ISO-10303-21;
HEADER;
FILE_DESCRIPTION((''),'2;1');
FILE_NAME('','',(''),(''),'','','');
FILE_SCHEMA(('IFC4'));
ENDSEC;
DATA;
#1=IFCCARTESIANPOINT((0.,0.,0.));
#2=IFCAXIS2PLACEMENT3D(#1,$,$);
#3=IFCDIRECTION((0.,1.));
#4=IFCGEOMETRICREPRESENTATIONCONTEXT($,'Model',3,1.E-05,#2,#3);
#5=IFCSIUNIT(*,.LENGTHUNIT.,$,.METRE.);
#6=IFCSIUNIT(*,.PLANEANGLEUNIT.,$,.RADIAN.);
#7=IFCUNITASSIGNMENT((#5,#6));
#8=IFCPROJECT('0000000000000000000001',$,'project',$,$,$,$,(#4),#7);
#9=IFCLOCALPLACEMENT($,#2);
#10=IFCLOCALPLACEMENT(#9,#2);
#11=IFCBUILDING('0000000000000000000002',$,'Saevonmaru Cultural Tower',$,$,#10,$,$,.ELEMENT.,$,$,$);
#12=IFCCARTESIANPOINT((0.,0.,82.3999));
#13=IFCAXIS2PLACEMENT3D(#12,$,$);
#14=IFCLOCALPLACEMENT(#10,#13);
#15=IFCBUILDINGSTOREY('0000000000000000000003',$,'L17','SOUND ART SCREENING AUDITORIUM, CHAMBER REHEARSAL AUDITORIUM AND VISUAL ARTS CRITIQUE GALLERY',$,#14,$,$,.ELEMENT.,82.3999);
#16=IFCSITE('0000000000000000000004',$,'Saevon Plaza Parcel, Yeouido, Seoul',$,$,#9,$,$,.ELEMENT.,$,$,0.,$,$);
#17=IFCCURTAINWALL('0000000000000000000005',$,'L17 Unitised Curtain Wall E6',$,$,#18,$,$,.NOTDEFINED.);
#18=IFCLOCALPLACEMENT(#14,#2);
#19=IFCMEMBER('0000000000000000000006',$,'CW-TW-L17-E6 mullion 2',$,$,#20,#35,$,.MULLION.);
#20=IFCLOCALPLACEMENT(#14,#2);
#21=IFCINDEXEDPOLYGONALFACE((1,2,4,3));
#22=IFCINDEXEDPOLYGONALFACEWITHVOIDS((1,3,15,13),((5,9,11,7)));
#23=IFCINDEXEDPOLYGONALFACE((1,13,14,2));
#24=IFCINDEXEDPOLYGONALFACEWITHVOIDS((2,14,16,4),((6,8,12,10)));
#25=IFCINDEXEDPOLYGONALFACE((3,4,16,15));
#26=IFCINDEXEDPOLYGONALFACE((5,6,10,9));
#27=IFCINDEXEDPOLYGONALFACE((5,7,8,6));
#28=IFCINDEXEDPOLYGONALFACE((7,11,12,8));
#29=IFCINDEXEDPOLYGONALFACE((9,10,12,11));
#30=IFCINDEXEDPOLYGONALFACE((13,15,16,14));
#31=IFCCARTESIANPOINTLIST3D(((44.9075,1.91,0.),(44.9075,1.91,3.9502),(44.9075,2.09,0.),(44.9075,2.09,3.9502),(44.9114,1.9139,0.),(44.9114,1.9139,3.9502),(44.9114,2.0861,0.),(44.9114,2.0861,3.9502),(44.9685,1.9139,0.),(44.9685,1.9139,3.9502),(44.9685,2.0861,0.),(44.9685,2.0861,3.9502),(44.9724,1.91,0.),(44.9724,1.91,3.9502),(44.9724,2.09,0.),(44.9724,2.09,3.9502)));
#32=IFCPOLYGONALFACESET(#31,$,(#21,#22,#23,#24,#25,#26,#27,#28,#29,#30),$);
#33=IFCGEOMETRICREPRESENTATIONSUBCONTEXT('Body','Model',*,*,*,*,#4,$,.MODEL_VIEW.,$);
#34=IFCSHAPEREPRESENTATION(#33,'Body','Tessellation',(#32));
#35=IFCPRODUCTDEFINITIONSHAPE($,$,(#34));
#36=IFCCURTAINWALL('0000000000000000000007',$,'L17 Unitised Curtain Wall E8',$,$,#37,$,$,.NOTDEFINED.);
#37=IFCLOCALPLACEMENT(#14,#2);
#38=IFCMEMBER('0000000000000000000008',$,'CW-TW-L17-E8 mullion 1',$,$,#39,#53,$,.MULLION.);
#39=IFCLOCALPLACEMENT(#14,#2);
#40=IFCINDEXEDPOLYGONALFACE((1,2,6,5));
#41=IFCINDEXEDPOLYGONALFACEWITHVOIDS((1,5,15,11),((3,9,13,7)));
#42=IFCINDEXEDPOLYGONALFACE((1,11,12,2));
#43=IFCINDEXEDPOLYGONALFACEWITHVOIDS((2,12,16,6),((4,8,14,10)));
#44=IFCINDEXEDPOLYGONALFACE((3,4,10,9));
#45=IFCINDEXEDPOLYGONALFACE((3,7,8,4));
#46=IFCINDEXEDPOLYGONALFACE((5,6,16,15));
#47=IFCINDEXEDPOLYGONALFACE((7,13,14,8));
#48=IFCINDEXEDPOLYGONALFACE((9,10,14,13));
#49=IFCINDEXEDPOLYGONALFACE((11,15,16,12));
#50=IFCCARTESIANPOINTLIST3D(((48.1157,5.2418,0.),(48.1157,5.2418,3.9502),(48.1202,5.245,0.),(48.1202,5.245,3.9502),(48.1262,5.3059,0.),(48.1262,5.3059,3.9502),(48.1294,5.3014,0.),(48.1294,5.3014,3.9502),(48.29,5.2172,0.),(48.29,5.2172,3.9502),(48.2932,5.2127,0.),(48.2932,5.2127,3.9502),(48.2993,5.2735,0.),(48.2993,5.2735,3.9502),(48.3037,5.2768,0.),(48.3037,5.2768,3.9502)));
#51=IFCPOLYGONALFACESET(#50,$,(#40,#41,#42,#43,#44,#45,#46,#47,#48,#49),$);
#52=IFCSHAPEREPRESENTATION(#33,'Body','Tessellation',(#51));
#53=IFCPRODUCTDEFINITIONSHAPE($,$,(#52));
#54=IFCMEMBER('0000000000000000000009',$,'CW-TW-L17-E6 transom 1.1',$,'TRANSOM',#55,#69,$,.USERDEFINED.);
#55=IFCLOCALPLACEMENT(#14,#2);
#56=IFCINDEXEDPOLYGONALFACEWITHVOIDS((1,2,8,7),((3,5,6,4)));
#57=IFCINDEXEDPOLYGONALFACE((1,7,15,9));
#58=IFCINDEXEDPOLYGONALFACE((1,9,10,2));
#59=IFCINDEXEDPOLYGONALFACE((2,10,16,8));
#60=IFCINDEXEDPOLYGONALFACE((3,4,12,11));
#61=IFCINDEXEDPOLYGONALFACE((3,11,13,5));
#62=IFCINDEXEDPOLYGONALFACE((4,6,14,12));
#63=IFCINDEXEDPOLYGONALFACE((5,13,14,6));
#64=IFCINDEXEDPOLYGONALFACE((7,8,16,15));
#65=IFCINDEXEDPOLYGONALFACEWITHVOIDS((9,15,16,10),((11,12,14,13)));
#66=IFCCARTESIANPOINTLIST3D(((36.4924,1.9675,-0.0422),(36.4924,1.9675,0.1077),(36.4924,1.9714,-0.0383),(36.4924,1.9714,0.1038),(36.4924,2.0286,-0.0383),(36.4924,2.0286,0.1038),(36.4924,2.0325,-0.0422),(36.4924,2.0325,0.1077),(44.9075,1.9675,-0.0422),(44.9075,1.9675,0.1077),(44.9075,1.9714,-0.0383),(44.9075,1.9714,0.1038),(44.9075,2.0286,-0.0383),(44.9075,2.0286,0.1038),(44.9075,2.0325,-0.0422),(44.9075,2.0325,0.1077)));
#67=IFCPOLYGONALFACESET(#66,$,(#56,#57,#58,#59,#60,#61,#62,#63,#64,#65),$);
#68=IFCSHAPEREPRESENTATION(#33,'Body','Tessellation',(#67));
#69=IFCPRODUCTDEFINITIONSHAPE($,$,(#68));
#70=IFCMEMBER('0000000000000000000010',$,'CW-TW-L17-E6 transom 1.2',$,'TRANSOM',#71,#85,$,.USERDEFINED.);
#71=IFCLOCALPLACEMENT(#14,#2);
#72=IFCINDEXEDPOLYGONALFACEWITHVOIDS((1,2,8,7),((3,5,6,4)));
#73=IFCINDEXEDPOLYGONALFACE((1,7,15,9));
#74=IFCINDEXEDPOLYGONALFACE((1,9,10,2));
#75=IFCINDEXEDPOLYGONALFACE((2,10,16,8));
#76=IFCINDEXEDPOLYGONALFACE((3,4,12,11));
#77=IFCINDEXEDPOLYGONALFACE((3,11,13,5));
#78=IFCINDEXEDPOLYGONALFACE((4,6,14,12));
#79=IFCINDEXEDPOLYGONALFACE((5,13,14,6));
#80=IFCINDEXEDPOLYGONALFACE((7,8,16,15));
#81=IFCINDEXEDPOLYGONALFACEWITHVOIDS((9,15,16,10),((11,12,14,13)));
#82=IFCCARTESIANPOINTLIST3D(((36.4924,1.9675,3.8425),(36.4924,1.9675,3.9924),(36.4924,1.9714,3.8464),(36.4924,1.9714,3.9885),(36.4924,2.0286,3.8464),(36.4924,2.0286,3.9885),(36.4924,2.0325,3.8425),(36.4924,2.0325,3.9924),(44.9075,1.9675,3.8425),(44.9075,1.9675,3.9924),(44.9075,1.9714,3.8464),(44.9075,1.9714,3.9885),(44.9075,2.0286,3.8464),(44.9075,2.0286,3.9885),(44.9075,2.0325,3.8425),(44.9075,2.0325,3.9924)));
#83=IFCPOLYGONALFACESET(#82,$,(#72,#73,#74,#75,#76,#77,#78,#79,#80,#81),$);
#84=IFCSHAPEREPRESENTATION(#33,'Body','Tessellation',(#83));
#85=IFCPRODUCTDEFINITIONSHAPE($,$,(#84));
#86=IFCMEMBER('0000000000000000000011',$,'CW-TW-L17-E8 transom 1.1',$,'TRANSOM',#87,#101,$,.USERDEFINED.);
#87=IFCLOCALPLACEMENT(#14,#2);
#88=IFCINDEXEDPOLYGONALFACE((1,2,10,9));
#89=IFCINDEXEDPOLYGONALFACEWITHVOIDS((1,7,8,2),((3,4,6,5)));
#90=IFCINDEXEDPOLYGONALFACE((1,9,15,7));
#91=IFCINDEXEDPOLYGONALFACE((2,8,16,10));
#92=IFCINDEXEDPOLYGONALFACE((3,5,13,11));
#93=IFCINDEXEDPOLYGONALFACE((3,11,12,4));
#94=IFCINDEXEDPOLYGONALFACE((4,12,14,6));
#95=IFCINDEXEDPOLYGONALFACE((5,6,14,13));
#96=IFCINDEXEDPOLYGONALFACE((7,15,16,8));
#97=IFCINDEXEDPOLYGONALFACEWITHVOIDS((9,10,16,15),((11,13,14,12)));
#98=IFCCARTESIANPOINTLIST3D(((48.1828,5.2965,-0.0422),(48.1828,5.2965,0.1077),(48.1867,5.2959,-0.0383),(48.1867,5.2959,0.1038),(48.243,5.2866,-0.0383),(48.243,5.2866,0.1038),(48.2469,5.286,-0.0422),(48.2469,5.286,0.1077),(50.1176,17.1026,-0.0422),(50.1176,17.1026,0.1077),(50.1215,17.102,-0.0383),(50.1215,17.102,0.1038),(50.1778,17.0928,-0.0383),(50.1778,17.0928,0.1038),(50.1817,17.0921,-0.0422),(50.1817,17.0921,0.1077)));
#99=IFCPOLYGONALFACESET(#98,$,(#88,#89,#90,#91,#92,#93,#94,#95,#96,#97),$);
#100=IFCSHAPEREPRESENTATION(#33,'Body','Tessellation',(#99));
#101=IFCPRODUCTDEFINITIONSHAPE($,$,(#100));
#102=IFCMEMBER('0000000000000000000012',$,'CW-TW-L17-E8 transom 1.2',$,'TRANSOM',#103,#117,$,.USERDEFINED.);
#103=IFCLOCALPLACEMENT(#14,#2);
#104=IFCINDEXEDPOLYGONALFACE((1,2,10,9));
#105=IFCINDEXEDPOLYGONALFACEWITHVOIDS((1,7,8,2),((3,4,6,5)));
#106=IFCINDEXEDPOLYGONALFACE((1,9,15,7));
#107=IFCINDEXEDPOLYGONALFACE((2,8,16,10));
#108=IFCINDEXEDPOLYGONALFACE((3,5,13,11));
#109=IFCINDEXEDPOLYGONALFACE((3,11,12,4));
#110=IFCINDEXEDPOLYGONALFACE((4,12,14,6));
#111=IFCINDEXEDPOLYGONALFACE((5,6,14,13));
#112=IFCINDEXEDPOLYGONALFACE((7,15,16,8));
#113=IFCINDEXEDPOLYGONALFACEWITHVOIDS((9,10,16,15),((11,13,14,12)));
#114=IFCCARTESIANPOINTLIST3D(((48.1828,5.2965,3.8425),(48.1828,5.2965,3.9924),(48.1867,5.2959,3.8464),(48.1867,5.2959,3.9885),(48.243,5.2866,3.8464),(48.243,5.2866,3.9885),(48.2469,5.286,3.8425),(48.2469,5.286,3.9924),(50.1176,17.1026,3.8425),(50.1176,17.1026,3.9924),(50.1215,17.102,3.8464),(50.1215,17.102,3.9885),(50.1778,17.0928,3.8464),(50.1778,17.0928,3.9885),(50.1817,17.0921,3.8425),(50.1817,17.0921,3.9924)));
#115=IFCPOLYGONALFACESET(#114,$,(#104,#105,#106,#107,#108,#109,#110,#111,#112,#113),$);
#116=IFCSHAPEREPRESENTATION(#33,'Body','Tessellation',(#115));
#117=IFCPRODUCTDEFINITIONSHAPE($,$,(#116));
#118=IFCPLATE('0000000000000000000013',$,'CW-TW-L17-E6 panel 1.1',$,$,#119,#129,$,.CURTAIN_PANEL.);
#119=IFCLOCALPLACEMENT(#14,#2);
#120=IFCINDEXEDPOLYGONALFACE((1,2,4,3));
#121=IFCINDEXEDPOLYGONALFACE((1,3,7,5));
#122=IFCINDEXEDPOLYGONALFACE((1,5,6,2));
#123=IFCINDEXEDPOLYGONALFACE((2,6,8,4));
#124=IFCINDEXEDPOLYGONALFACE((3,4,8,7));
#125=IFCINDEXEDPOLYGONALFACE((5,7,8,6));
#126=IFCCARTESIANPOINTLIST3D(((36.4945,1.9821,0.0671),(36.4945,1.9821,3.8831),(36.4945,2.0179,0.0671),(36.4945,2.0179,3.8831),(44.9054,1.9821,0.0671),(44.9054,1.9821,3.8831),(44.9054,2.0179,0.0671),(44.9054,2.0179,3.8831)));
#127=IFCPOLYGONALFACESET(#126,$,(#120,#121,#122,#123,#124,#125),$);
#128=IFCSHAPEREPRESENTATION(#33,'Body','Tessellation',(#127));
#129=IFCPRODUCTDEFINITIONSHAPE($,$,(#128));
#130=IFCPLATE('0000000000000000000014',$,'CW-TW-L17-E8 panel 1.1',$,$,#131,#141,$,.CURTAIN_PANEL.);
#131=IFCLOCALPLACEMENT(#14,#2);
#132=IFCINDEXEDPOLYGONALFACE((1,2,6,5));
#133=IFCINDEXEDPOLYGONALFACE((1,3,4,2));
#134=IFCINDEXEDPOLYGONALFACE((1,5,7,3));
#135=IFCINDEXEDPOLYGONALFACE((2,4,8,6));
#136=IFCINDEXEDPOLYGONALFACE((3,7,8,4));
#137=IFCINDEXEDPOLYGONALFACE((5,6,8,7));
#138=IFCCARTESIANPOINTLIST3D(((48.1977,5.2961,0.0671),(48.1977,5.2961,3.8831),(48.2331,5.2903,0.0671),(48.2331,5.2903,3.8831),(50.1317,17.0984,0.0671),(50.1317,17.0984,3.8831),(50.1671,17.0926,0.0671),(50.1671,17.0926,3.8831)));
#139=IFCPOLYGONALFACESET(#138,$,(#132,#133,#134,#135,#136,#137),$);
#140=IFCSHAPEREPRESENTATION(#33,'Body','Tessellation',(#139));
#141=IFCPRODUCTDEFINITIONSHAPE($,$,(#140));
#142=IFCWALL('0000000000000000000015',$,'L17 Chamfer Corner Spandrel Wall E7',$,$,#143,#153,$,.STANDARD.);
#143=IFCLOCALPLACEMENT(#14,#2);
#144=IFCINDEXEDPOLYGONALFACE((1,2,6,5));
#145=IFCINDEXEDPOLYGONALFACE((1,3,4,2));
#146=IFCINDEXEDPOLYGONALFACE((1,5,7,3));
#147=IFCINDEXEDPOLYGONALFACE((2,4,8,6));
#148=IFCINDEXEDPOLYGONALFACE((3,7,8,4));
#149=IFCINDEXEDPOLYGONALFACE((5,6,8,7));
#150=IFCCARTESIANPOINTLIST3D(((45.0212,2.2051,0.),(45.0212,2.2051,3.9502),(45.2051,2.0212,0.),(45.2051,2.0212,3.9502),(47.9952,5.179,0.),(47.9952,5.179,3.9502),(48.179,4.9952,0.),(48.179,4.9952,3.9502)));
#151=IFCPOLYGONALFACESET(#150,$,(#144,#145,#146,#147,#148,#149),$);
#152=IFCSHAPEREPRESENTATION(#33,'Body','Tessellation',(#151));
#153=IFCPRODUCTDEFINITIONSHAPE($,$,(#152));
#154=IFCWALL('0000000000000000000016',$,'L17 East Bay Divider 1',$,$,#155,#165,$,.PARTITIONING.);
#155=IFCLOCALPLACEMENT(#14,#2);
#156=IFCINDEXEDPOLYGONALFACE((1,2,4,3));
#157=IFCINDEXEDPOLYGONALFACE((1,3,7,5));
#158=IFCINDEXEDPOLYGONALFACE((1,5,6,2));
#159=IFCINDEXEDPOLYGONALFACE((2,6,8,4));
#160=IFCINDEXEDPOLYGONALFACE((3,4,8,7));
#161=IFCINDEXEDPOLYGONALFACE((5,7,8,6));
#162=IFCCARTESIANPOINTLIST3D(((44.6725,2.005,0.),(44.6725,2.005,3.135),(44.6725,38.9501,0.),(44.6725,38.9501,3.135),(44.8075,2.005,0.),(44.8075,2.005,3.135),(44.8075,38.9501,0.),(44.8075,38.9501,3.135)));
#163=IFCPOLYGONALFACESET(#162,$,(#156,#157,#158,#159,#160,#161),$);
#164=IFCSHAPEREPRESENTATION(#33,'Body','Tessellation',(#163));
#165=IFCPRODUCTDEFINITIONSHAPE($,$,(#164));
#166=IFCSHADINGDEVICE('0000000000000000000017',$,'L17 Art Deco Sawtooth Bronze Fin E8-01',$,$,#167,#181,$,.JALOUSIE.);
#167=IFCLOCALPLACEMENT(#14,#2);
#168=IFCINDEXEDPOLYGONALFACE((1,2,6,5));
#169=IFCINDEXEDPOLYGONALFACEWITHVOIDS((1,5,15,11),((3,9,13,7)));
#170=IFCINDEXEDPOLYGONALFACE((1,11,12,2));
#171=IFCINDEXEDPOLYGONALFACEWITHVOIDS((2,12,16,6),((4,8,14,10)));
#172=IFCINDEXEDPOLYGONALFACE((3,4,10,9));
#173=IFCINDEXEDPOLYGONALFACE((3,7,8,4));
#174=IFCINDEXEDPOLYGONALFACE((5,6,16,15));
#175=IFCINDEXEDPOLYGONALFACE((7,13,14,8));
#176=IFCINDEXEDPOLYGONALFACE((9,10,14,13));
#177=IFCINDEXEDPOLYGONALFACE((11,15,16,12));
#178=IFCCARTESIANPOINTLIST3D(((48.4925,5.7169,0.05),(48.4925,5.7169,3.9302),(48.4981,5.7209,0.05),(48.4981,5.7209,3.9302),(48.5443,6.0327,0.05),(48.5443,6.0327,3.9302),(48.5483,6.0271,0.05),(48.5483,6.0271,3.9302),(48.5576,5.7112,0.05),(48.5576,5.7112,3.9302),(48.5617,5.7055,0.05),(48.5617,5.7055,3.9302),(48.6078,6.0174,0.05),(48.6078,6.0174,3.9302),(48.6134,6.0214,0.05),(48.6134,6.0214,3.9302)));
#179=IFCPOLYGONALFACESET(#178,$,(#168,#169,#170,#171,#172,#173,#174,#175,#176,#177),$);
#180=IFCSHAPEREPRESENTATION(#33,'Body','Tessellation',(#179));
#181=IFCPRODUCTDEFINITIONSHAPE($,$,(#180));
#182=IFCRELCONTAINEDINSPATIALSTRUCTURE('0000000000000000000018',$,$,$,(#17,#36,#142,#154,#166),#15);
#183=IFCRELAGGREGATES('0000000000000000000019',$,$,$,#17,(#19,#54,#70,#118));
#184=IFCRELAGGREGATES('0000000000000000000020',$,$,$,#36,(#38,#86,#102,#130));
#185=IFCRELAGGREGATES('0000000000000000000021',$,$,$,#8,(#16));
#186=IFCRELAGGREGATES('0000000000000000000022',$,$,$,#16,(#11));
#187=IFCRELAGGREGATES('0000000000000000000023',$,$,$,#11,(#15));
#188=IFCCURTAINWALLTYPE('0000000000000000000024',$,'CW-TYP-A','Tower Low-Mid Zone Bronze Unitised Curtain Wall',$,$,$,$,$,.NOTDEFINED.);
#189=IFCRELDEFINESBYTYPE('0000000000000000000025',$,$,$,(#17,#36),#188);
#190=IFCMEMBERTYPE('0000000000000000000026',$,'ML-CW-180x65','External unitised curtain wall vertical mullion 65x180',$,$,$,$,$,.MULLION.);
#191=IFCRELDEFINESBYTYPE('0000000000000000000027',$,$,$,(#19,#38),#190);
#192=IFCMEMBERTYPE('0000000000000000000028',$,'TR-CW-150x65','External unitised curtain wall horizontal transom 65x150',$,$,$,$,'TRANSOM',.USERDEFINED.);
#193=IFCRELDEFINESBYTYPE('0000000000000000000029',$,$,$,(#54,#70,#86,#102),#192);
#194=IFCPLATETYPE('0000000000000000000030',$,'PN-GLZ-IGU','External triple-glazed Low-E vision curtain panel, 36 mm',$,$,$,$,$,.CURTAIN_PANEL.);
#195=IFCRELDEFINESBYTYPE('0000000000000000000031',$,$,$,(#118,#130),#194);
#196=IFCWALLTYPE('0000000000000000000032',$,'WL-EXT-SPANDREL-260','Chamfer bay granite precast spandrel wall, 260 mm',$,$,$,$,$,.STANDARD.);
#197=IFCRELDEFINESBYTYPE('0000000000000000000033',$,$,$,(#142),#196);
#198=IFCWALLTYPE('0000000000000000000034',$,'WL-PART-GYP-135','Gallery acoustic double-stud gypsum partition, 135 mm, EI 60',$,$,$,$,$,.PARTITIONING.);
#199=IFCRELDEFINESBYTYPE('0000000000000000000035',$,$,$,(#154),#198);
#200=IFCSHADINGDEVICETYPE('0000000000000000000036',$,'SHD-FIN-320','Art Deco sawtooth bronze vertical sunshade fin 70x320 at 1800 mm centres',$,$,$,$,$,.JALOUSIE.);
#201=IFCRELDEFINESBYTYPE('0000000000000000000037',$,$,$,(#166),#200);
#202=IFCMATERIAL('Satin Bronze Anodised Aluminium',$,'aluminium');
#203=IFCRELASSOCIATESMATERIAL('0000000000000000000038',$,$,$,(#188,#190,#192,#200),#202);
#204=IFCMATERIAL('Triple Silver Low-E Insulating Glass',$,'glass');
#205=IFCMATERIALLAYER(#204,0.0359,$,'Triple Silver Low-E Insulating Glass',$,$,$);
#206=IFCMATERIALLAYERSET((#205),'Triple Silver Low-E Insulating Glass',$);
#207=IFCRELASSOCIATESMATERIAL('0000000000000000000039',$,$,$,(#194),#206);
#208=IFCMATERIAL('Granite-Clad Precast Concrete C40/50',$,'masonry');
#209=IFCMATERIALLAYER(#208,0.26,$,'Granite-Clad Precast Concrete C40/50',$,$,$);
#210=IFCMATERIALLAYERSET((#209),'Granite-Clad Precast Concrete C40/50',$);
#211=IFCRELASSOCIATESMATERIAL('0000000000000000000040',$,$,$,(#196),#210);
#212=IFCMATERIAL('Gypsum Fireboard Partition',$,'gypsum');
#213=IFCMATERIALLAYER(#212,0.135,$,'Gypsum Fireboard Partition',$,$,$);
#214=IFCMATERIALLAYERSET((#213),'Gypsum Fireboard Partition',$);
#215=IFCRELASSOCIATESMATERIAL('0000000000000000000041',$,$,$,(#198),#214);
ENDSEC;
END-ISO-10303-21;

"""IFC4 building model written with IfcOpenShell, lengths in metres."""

from ifc_helpers import new_model, si_unit, direction, frame, frame_2d, origin, origin_2d, place, context, subcontext, project, spatial, rectangle, hollow_rectangle, extrude, material, layer, layer_set, material_profile, profile_set, type_object, element, aggregate, save


model = new_model("IFC4")

# Units and contexts
model_context = context("Model", 3, precision=1e-05, world=origin(), true_north=direction((0.0, 1.0)))
body_context = subcontext(model_context, "Body", "Model", "MODEL_VIEW")
ifc_project = project(units=[si_unit("LENGTHUNIT", "METRE"), si_unit("PLANEANGLEUNIT", "RADIAN")], contexts=[model_context])

# Site, building, storey
site_placement = place(None, origin())
site = spatial("IfcSite", under=ifc_project, at=site_placement, Name="Saevon Plaza Parcel, Yeouido, Seoul", CompositionType="ELEMENT", RefElevation=0.0)
building_placement = place(site_placement, origin())
building = spatial("IfcBuilding", under=site, at=building_placement, Name="Saevonmaru Cultural Tower", CompositionType="ELEMENT")
storey_placement = place(building_placement, frame((0.0, 0.0, 82.3999)))
storey = spatial("IfcBuildingStorey", under=building, at=storey_placement, Name="L17", Description="SOUND ART SCREENING AUDITORIUM, CHAMBER REHEARSAL AUDITORIUM AND VISUAL ARTS CRITIQUE GALLERY", CompositionType="ELEMENT", Elevation=82.3999)

# Curtain walls, members
ifc_material_1 = material(Name="Satin Bronze Anodised Aluminium", Category="aluminium")
curtain_wall_type = type_object("IfcCurtainWallType", Name="CW-TYP-A", Description="Tower Low-Mid Zone Bronze Unitised Curtain Wall", PredefinedType="NOTDEFINED", material=ifc_material_1)
curtain_wall_1_placement = place(storey_placement, origin())
curtain_wall_1 = element("IfcCurtainWall", 1, at=curtain_wall_1_placement, inside=storey, type_object=curtain_wall_type, Name="L17 Unitised Curtain Wall E6", PredefinedType="NOTDEFINED")
ifc_material_profile_1 = material_profile(ifc_material_1, hollow_rectangle(XDim=0.0649, YDim=0.1799, WallThickness=0.0039, at=origin_2d()), Name="ALU-MULL-180x65x4")
ifc_profile_set_1 = profile_set([ifc_material_profile_1], Name="Satin Bronze Anodised Aluminium")
member_type_1 = type_object("IfcMemberType", Name="ML-CW-180x65", Description="External unitised curtain wall vertical mullion 65x180", PredefinedType="MULLION", material=ifc_profile_set_1)
member_1_placement = place(storey_placement, frame((44.9399, 2.0, 0.0), z_axis=(0.0, 0.0, 1.0), x_axis=(1.0, 0.0, 0.0)))
member_1 = element("IfcMember", 2, at=member_1_placement, type_object=member_type_1, Name="CW-TW-L17-E6 mullion 2", PredefinedType="MULLION", context=body_context, shape_type="SweptSolid", body=[
    extrude(hollow_rectangle(XDim=0.0649, YDim=0.1799, WallThickness=0.0039, at=origin_2d()), origin(), (0.0, 0.0, 1.0), 3.9502),
])
curtain_wall_2_placement = place(storey_placement, origin())
curtain_wall_2 = element("IfcCurtainWall", 3, at=curtain_wall_2_placement, inside=storey, type_object=curtain_wall_type, Name="L17 Unitised Curtain Wall E8", PredefinedType="NOTDEFINED")
member_2_placement = place(storey_placement, frame((48.2097, 5.2593, 0.0), z_axis=(0.0, 0.0, 1.0), x_axis=(0.161709, 0.986839, 0.0)))
member_2 = element("IfcMember", 4, at=member_2_placement, type_object=member_type_1, Name="CW-TW-L17-E8 mullion 1", PredefinedType="MULLION", context=body_context, shape_type="SweptSolid", body=[
    extrude(hollow_rectangle(XDim=0.0649, YDim=0.1799, WallThickness=0.0039, at=origin_2d()), origin(), (0.0, 0.0, 1.0), 3.9502),
])

# Members
ifc_material_profile_2 = material_profile(ifc_material_1, hollow_rectangle(XDim=0.0649, YDim=0.1499, WallThickness=0.0039, at=origin_2d()), Name="ALU-TRAN-150x65x4")
ifc_profile_set_2 = profile_set([ifc_material_profile_2], Name="Satin Bronze Anodised Aluminium")
member_type_2 = type_object("IfcMemberType", Name="TR-CW-150x65", Description="External unitised curtain wall horizontal transom 65x150", ElementType="TRANSOM", PredefinedType="USERDEFINED", material=ifc_profile_set_2)
member_3_placement = place(storey_placement, frame((36.4924, 2.0, 0.0327), z_axis=(1.0, 0.0, 0.0), x_axis=(0.0, 1.0, 0.0)))
member_3 = element("IfcMember", 5, at=member_3_placement, type_object=member_type_2, Name="CW-TW-L17-E6 transom 1.1", ObjectType="TRANSOM", PredefinedType="USERDEFINED", context=body_context, shape_type="SweptSolid", body=[
    extrude(hollow_rectangle(XDim=0.0649, YDim=0.1499, WallThickness=0.0039, at=origin_2d()), origin(), (0.0, 0.0, 1.0), 8.415),
])
member_4_placement = place(storey_placement, frame((36.4924, 2.0, 3.9175), z_axis=(1.0, 0.0, 0.0), x_axis=(0.0, 1.0, 0.0)))
member_4 = element("IfcMember", 6, at=member_4_placement, type_object=member_type_2, Name="CW-TW-L17-E6 transom 1.2", ObjectType="TRANSOM", PredefinedType="USERDEFINED", context=body_context, shape_type="SweptSolid", body=[
    extrude(hollow_rectangle(XDim=0.0649, YDim=0.1499, WallThickness=0.0039, at=origin_2d()), origin(), (0.0, 0.0, 1.0), 8.415),
])
member_5_placement = place(storey_placement, frame((48.2148, 5.2913, 0.0327), z_axis=(0.161725, 0.986836, 0.0), x_axis=(-0.986836, 0.161725, 0.0)))
member_5 = element("IfcMember", 7, at=member_5_placement, type_object=member_type_2, Name="CW-TW-L17-E8 transom 1.1", ObjectType="TRANSOM", PredefinedType="USERDEFINED", context=body_context, shape_type="SweptSolid", body=[
    extrude(hollow_rectangle(XDim=0.0649, YDim=0.1499, WallThickness=0.0039, at=origin_2d()), origin(), (0.0, 0.0, 1.0), 11.9636),
])
member_6_placement = place(storey_placement, frame((48.2148, 5.2913, 3.9175), z_axis=(0.161725, 0.986836, 0.0), x_axis=(-0.986836, 0.161725, 0.0)))
member_6 = element("IfcMember", 8, at=member_6_placement, type_object=member_type_2, Name="CW-TW-L17-E8 transom 1.2", ObjectType="TRANSOM", PredefinedType="USERDEFINED", context=body_context, shape_type="SweptSolid", body=[
    extrude(hollow_rectangle(XDim=0.0649, YDim=0.1499, WallThickness=0.0039, at=origin_2d()), origin(), (0.0, 0.0, 1.0), 11.9636),
])

# Plates
ifc_material_2 = material(Name="Triple Silver Low-E Insulating Glass", Category="glass")
ifc_layer_1 = layer(ifc_material_2, 0.0359, Name="Triple Silver Low-E Insulating Glass")
ifc_layer_set_1 = layer_set([ifc_layer_1], Name="Triple Silver Low-E Insulating Glass")
plate_type = type_object("IfcPlateType", Name="PN-GLZ-IGU", Description="External triple-glazed Low-E vision curtain panel, 36 mm", PredefinedType="CURTAIN_PANEL", material=ifc_layer_set_1)
plate_1_placement = place(storey_placement, frame((40.7, 2.0, 0.0671), z_axis=(0.0, 0.0, 1.0), x_axis=(1.0, 0.0, 0.0)))
plate_1 = element("IfcPlate", 9, at=plate_1_placement, type_object=plate_type, Name="CW-TW-L17-E6 panel 1.1", PredefinedType="CURTAIN_PANEL", context=body_context, shape_type="SweptSolid", body=[
    extrude(rectangle(XDim=8.4109, YDim=0.0359, at=origin_2d()), origin(), (0.0, 0.0, 1.0), 3.8159),
])
aggregate(curtain_wall_1, [member_1, member_3, member_4, plate_1])
plate_2_placement = place(storey_placement, frame((49.1824, 11.1943, 0.0671), z_axis=(0.0, 0.0, 1.0), x_axis=(0.161709, 0.986839, 0.0)))
plate_2 = element("IfcPlate", 10, at=plate_2_placement, type_object=plate_type, Name="CW-TW-L17-E8 panel 1.1", PredefinedType="CURTAIN_PANEL", context=body_context, shape_type="SweptSolid", body=[
    extrude(rectangle(XDim=11.9597, YDim=0.0359, at=origin_2d()), origin(), (0.0, 0.0, 1.0), 3.8159),
])
aggregate(curtain_wall_2, [member_2, member_5, member_6, plate_2])

# Walls
ifc_material_3 = material(Name="Granite-Clad Precast Concrete C40/50", Category="masonry")
ifc_layer_2 = layer(ifc_material_3, 0.26, Name="Granite-Clad Precast Concrete C40/50")
ifc_layer_set_2 = layer_set([ifc_layer_2], Name="Granite-Clad Precast Concrete C40/50")
wall_type_1 = type_object("IfcWallType", Name="WL-EXT-SPANDREL-260", Description="Chamfer bay granite precast spandrel wall, 260 mm", PredefinedType="STANDARD", material=ifc_layer_set_2)
wall_1_placement = place(storey_placement, frame((45.113, 2.113, 0.0), z_axis=(0.0, 0.0, 1.0), x_axis=(0.707107, 0.707107, 0.0)))
element("IfcWall", 11, at=wall_1_placement, inside=storey, type_object=wall_type_1, Name="L17 Chamfer Corner Spandrel Wall E7", PredefinedType="STANDARD", context=body_context, shape_type="SweptSolid", body=[
    extrude(rectangle(XDim=4.2058, YDim=0.26, at=frame_2d((2.103, 0.0))), origin(), (0.0, 0.0, 1.0), 3.9502),
])
ifc_material_4 = material(Name="Gypsum Fireboard Partition", Category="gypsum")
ifc_layer_3 = layer(ifc_material_4, 0.135, Name="Gypsum Fireboard Partition")
ifc_layer_set_3 = layer_set([ifc_layer_3], Name="Gypsum Fireboard Partition")
wall_type_2 = type_object("IfcWallType", Name="WL-PART-GYP-135", Description="Gallery acoustic double-stud gypsum partition, 135 mm, EI 60", PredefinedType="PARTITIONING", material=ifc_layer_set_3)
wall_2_placement = place(storey_placement, frame((44.74, 2.0049, 0.0), z_axis=(0.0, 0.0, 1.0), x_axis=(0.0, 1.0, 0.0)))
element("IfcWall", 12, at=wall_2_placement, inside=storey, type_object=wall_type_2, Name="L17 East Bay Divider 1", PredefinedType="PARTITIONING", context=body_context, shape_type="SweptSolid", body=[
    extrude(rectangle(XDim=36.9451, YDim=0.135, at=frame_2d((18.4727, 0.0))), origin(), (0.0, 0.0, 1.0), 3.135),
])

# Shading device
ifc_material_profile_3 = material_profile(ifc_material_1, hollow_rectangle(XDim=0.0701, YDim=0.3201, WallThickness=0.0049, at=origin_2d()), Name="FIN-320x70")
ifc_profile_set_3 = profile_set([ifc_material_profile_3], Name="Satin Bronze Anodised Aluminium")
shading_device_type = type_object("IfcShadingDeviceType", Name="SHD-FIN-320", Description="Art Deco sawtooth bronze vertical sunshade fin 70x320 at 1800 mm centres", PredefinedType="JALOUSIE", material=ifc_profile_set_3)
for number, where, z_axis, x_axis, name in (
    (13, (48.553, 5.8691, 0.05), (0.0, 0.0, 1.0), (0.986827, -0.161776, 0.0), "L17 Art Deco Sawtooth Bronze Fin E8-01"),
):
    element("IfcShadingDevice", number, at=place(storey_placement, frame(where, z_axis=z_axis, x_axis=x_axis)), inside=storey, type_object=shading_device_type, Name=name, PredefinedType="JALOUSIE", context=body_context, shape_type="SweptSolid", body=[
        extrude(hollow_rectangle(XDim=0.0701, YDim=0.3201, WallThickness=0.0049, at=origin_2d()), origin(), (0.0, 0.0, 1.0), 3.8801),
    ])

save(model, "model.ifc")
